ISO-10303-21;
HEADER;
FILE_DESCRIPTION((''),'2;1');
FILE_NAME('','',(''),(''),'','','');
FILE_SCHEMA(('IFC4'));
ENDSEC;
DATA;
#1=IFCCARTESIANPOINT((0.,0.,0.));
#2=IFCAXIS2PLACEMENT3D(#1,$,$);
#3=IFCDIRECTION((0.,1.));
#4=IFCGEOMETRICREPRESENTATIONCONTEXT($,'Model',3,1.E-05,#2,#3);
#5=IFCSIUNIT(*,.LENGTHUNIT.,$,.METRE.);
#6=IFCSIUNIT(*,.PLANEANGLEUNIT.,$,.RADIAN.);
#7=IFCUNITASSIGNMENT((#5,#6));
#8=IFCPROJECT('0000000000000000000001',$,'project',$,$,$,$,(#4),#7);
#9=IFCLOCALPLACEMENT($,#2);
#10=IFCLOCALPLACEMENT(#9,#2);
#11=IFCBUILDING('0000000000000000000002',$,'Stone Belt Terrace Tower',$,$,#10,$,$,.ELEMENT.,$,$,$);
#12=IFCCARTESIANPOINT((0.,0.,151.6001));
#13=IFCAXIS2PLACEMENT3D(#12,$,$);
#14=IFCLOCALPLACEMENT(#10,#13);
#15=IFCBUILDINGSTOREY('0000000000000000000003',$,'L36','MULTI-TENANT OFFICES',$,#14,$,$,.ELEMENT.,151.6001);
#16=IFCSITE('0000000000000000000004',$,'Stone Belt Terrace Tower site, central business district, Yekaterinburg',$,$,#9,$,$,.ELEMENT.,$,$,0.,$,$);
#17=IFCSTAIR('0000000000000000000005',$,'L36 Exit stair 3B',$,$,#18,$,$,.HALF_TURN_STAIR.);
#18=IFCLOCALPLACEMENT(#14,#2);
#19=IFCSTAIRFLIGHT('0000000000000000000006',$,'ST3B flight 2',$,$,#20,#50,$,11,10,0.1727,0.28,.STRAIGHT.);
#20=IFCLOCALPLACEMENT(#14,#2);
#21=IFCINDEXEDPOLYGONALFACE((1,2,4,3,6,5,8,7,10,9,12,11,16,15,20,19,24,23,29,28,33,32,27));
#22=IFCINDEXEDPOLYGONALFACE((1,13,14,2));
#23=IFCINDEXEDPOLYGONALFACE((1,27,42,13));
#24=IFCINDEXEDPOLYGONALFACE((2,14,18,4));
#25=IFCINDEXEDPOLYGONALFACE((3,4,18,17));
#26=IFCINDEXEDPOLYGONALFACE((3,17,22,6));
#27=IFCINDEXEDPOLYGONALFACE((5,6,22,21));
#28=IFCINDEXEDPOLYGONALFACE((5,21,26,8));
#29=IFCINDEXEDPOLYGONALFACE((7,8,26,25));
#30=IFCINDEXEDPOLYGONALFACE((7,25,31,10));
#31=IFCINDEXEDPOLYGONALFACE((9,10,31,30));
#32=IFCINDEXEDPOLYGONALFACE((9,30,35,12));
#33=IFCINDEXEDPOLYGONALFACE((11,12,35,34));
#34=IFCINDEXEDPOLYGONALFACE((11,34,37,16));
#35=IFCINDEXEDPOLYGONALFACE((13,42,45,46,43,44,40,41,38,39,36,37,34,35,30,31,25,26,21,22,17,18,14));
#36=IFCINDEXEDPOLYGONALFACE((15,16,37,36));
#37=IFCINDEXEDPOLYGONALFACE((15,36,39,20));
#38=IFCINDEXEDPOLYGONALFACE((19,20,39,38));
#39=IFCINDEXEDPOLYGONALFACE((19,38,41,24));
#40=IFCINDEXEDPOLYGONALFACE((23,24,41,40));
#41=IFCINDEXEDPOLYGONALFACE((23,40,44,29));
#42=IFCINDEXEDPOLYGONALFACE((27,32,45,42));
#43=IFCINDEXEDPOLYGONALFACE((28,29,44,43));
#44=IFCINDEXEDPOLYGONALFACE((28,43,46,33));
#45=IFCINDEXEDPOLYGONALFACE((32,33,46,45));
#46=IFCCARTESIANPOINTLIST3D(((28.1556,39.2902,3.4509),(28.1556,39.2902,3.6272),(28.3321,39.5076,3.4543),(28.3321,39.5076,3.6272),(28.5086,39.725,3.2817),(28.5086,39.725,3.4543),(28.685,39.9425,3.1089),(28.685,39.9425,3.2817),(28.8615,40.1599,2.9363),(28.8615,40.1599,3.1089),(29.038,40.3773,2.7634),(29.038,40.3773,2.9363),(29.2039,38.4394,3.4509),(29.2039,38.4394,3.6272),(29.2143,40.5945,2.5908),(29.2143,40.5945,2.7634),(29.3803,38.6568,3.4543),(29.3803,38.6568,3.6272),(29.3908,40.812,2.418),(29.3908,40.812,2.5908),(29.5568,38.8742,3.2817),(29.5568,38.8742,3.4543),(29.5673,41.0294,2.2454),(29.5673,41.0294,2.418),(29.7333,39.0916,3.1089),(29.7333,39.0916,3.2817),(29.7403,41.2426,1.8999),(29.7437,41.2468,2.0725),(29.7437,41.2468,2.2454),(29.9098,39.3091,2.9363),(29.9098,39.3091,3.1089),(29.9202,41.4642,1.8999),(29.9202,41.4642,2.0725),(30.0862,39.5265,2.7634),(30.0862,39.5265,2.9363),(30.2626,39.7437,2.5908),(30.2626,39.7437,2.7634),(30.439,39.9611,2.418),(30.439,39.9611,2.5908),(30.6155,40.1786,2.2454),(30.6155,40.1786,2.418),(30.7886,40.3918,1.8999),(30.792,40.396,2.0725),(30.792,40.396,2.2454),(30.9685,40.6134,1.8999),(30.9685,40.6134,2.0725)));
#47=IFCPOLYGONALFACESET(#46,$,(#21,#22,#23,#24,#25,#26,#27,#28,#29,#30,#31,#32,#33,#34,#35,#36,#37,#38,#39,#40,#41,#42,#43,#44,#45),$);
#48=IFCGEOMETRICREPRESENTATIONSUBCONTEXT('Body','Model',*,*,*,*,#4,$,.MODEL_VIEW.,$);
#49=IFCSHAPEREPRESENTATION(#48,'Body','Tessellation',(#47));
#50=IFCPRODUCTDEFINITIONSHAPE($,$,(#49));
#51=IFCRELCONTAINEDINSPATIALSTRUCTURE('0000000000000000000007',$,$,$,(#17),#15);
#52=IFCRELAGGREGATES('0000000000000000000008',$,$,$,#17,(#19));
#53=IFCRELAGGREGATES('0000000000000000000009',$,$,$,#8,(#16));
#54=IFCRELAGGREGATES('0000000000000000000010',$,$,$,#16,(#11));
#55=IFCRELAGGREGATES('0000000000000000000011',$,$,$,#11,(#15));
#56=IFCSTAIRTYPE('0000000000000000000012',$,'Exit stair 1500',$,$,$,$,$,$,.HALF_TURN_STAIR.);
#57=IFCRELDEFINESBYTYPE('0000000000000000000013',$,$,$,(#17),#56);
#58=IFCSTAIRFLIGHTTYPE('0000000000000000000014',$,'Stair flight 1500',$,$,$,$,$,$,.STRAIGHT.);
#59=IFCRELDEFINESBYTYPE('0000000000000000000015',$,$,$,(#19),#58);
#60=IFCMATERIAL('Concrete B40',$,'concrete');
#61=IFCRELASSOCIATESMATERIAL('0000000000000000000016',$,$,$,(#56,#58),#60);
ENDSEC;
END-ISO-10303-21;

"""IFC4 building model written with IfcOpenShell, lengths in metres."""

from ifc_helpers import new_model, si_unit, direction, frame, origin, place, context, subcontext, project, spatial, polyline, outline, extrude, material, type_object, element, aggregate, save


model = new_model("IFC4")

# Units and contexts
model_context = context("Model", 3, precision=1e-05, world=origin(), true_north=direction((0.0, 1.0)))
body_context = subcontext(model_context, "Body", "Model", "MODEL_VIEW")
ifc_project = project(units=[si_unit("LENGTHUNIT", "METRE"), si_unit("PLANEANGLEUNIT", "RADIAN")], contexts=[model_context])

# Site, building, storey
site_placement = place(None, origin())
site = spatial("IfcSite", under=ifc_project, at=site_placement, Name="Stone Belt Terrace Tower site, central business district, Yekaterinburg", CompositionType="ELEMENT", RefElevation=0.0)
building_placement = place(site_placement, origin())
building = spatial("IfcBuilding", under=site, at=building_placement, Name="Stone Belt Terrace Tower", CompositionType="ELEMENT")
storey_placement = place(building_placement, frame((0.0, 0.0, 151.6001)))
storey = spatial("IfcBuildingStorey", under=building, at=storey_placement, Name="L36", Description="MULTI-TENANT OFFICES", CompositionType="ELEMENT", Elevation=151.6001)

# Stair, stair flight
ifc_material_1 = material(Name="Concrete B40", Category="concrete")
stair_type = type_object("IfcStairType", Name="Exit stair 1500", PredefinedType="HALF_TURN_STAIR", material=ifc_material_1)
stair_placement = place(storey_placement, origin())
stair = element("IfcStair", 1, at=stair_placement, inside=storey, type_object=stair_type, Name="L36 Exit stair 3B", PredefinedType="HALF_TURN_STAIR")
stair_flight_type = type_object("IfcStairFlightType", Name="Stair flight 1500", PredefinedType="STRAIGHT", material=ifc_material_1)
stair_flight_1_placement = place(storey_placement, frame((30.4443, 41.0388, 1.8999), z_axis=(0.0, 0.0, 1.0), x_axis=(-0.630206, -0.776428, 0.0)))
stair_flight_1 = element("IfcStairFlight", 2, at=stair_flight_1_placement, type_object=stair_flight_type, Name="ST3B flight 2", NumberOfRisers=11, NumberOfTreads=10, PredefinedType="STRAIGHT", RiserHeight=0.1727, TreadLength=0.28, context=body_context, shape_type="SweptSolid", body=[
    extrude(outline(polyline([(0.0, 0.0), (0.0, 0.1726), (0.28, 0.1726), (0.28, 0.3455), (0.5601, 0.3455), (0.5601, 0.5181), (0.8401, 0.5181), (0.8401, 0.6909), (1.1201, 0.6909), (1.1201, 0.8635), (1.3999, 0.8635), (1.3999, 1.0364), (1.6799, 1.0364), (1.6799, 1.209), (1.96, 1.209), (1.96, 1.3818), (2.24, 1.3818), (2.24, 1.5544), (2.52, 1.5544), (2.52, 1.7273), (2.8, 1.7273), (2.8, 1.8999), (2.8, 1.551), (0.2854, 0.0), (0.0, 0.0)])), frame((0.0, 0.675, 0.0), z_axis=(0.0, -1.0, 0.0), x_axis=(1.0, 0.0, 0.0)), (0.0, 0.0, 1.0), 1.3501),
])
aggregate(stair, [stair_flight_1])

save(model, "model.ifc")
